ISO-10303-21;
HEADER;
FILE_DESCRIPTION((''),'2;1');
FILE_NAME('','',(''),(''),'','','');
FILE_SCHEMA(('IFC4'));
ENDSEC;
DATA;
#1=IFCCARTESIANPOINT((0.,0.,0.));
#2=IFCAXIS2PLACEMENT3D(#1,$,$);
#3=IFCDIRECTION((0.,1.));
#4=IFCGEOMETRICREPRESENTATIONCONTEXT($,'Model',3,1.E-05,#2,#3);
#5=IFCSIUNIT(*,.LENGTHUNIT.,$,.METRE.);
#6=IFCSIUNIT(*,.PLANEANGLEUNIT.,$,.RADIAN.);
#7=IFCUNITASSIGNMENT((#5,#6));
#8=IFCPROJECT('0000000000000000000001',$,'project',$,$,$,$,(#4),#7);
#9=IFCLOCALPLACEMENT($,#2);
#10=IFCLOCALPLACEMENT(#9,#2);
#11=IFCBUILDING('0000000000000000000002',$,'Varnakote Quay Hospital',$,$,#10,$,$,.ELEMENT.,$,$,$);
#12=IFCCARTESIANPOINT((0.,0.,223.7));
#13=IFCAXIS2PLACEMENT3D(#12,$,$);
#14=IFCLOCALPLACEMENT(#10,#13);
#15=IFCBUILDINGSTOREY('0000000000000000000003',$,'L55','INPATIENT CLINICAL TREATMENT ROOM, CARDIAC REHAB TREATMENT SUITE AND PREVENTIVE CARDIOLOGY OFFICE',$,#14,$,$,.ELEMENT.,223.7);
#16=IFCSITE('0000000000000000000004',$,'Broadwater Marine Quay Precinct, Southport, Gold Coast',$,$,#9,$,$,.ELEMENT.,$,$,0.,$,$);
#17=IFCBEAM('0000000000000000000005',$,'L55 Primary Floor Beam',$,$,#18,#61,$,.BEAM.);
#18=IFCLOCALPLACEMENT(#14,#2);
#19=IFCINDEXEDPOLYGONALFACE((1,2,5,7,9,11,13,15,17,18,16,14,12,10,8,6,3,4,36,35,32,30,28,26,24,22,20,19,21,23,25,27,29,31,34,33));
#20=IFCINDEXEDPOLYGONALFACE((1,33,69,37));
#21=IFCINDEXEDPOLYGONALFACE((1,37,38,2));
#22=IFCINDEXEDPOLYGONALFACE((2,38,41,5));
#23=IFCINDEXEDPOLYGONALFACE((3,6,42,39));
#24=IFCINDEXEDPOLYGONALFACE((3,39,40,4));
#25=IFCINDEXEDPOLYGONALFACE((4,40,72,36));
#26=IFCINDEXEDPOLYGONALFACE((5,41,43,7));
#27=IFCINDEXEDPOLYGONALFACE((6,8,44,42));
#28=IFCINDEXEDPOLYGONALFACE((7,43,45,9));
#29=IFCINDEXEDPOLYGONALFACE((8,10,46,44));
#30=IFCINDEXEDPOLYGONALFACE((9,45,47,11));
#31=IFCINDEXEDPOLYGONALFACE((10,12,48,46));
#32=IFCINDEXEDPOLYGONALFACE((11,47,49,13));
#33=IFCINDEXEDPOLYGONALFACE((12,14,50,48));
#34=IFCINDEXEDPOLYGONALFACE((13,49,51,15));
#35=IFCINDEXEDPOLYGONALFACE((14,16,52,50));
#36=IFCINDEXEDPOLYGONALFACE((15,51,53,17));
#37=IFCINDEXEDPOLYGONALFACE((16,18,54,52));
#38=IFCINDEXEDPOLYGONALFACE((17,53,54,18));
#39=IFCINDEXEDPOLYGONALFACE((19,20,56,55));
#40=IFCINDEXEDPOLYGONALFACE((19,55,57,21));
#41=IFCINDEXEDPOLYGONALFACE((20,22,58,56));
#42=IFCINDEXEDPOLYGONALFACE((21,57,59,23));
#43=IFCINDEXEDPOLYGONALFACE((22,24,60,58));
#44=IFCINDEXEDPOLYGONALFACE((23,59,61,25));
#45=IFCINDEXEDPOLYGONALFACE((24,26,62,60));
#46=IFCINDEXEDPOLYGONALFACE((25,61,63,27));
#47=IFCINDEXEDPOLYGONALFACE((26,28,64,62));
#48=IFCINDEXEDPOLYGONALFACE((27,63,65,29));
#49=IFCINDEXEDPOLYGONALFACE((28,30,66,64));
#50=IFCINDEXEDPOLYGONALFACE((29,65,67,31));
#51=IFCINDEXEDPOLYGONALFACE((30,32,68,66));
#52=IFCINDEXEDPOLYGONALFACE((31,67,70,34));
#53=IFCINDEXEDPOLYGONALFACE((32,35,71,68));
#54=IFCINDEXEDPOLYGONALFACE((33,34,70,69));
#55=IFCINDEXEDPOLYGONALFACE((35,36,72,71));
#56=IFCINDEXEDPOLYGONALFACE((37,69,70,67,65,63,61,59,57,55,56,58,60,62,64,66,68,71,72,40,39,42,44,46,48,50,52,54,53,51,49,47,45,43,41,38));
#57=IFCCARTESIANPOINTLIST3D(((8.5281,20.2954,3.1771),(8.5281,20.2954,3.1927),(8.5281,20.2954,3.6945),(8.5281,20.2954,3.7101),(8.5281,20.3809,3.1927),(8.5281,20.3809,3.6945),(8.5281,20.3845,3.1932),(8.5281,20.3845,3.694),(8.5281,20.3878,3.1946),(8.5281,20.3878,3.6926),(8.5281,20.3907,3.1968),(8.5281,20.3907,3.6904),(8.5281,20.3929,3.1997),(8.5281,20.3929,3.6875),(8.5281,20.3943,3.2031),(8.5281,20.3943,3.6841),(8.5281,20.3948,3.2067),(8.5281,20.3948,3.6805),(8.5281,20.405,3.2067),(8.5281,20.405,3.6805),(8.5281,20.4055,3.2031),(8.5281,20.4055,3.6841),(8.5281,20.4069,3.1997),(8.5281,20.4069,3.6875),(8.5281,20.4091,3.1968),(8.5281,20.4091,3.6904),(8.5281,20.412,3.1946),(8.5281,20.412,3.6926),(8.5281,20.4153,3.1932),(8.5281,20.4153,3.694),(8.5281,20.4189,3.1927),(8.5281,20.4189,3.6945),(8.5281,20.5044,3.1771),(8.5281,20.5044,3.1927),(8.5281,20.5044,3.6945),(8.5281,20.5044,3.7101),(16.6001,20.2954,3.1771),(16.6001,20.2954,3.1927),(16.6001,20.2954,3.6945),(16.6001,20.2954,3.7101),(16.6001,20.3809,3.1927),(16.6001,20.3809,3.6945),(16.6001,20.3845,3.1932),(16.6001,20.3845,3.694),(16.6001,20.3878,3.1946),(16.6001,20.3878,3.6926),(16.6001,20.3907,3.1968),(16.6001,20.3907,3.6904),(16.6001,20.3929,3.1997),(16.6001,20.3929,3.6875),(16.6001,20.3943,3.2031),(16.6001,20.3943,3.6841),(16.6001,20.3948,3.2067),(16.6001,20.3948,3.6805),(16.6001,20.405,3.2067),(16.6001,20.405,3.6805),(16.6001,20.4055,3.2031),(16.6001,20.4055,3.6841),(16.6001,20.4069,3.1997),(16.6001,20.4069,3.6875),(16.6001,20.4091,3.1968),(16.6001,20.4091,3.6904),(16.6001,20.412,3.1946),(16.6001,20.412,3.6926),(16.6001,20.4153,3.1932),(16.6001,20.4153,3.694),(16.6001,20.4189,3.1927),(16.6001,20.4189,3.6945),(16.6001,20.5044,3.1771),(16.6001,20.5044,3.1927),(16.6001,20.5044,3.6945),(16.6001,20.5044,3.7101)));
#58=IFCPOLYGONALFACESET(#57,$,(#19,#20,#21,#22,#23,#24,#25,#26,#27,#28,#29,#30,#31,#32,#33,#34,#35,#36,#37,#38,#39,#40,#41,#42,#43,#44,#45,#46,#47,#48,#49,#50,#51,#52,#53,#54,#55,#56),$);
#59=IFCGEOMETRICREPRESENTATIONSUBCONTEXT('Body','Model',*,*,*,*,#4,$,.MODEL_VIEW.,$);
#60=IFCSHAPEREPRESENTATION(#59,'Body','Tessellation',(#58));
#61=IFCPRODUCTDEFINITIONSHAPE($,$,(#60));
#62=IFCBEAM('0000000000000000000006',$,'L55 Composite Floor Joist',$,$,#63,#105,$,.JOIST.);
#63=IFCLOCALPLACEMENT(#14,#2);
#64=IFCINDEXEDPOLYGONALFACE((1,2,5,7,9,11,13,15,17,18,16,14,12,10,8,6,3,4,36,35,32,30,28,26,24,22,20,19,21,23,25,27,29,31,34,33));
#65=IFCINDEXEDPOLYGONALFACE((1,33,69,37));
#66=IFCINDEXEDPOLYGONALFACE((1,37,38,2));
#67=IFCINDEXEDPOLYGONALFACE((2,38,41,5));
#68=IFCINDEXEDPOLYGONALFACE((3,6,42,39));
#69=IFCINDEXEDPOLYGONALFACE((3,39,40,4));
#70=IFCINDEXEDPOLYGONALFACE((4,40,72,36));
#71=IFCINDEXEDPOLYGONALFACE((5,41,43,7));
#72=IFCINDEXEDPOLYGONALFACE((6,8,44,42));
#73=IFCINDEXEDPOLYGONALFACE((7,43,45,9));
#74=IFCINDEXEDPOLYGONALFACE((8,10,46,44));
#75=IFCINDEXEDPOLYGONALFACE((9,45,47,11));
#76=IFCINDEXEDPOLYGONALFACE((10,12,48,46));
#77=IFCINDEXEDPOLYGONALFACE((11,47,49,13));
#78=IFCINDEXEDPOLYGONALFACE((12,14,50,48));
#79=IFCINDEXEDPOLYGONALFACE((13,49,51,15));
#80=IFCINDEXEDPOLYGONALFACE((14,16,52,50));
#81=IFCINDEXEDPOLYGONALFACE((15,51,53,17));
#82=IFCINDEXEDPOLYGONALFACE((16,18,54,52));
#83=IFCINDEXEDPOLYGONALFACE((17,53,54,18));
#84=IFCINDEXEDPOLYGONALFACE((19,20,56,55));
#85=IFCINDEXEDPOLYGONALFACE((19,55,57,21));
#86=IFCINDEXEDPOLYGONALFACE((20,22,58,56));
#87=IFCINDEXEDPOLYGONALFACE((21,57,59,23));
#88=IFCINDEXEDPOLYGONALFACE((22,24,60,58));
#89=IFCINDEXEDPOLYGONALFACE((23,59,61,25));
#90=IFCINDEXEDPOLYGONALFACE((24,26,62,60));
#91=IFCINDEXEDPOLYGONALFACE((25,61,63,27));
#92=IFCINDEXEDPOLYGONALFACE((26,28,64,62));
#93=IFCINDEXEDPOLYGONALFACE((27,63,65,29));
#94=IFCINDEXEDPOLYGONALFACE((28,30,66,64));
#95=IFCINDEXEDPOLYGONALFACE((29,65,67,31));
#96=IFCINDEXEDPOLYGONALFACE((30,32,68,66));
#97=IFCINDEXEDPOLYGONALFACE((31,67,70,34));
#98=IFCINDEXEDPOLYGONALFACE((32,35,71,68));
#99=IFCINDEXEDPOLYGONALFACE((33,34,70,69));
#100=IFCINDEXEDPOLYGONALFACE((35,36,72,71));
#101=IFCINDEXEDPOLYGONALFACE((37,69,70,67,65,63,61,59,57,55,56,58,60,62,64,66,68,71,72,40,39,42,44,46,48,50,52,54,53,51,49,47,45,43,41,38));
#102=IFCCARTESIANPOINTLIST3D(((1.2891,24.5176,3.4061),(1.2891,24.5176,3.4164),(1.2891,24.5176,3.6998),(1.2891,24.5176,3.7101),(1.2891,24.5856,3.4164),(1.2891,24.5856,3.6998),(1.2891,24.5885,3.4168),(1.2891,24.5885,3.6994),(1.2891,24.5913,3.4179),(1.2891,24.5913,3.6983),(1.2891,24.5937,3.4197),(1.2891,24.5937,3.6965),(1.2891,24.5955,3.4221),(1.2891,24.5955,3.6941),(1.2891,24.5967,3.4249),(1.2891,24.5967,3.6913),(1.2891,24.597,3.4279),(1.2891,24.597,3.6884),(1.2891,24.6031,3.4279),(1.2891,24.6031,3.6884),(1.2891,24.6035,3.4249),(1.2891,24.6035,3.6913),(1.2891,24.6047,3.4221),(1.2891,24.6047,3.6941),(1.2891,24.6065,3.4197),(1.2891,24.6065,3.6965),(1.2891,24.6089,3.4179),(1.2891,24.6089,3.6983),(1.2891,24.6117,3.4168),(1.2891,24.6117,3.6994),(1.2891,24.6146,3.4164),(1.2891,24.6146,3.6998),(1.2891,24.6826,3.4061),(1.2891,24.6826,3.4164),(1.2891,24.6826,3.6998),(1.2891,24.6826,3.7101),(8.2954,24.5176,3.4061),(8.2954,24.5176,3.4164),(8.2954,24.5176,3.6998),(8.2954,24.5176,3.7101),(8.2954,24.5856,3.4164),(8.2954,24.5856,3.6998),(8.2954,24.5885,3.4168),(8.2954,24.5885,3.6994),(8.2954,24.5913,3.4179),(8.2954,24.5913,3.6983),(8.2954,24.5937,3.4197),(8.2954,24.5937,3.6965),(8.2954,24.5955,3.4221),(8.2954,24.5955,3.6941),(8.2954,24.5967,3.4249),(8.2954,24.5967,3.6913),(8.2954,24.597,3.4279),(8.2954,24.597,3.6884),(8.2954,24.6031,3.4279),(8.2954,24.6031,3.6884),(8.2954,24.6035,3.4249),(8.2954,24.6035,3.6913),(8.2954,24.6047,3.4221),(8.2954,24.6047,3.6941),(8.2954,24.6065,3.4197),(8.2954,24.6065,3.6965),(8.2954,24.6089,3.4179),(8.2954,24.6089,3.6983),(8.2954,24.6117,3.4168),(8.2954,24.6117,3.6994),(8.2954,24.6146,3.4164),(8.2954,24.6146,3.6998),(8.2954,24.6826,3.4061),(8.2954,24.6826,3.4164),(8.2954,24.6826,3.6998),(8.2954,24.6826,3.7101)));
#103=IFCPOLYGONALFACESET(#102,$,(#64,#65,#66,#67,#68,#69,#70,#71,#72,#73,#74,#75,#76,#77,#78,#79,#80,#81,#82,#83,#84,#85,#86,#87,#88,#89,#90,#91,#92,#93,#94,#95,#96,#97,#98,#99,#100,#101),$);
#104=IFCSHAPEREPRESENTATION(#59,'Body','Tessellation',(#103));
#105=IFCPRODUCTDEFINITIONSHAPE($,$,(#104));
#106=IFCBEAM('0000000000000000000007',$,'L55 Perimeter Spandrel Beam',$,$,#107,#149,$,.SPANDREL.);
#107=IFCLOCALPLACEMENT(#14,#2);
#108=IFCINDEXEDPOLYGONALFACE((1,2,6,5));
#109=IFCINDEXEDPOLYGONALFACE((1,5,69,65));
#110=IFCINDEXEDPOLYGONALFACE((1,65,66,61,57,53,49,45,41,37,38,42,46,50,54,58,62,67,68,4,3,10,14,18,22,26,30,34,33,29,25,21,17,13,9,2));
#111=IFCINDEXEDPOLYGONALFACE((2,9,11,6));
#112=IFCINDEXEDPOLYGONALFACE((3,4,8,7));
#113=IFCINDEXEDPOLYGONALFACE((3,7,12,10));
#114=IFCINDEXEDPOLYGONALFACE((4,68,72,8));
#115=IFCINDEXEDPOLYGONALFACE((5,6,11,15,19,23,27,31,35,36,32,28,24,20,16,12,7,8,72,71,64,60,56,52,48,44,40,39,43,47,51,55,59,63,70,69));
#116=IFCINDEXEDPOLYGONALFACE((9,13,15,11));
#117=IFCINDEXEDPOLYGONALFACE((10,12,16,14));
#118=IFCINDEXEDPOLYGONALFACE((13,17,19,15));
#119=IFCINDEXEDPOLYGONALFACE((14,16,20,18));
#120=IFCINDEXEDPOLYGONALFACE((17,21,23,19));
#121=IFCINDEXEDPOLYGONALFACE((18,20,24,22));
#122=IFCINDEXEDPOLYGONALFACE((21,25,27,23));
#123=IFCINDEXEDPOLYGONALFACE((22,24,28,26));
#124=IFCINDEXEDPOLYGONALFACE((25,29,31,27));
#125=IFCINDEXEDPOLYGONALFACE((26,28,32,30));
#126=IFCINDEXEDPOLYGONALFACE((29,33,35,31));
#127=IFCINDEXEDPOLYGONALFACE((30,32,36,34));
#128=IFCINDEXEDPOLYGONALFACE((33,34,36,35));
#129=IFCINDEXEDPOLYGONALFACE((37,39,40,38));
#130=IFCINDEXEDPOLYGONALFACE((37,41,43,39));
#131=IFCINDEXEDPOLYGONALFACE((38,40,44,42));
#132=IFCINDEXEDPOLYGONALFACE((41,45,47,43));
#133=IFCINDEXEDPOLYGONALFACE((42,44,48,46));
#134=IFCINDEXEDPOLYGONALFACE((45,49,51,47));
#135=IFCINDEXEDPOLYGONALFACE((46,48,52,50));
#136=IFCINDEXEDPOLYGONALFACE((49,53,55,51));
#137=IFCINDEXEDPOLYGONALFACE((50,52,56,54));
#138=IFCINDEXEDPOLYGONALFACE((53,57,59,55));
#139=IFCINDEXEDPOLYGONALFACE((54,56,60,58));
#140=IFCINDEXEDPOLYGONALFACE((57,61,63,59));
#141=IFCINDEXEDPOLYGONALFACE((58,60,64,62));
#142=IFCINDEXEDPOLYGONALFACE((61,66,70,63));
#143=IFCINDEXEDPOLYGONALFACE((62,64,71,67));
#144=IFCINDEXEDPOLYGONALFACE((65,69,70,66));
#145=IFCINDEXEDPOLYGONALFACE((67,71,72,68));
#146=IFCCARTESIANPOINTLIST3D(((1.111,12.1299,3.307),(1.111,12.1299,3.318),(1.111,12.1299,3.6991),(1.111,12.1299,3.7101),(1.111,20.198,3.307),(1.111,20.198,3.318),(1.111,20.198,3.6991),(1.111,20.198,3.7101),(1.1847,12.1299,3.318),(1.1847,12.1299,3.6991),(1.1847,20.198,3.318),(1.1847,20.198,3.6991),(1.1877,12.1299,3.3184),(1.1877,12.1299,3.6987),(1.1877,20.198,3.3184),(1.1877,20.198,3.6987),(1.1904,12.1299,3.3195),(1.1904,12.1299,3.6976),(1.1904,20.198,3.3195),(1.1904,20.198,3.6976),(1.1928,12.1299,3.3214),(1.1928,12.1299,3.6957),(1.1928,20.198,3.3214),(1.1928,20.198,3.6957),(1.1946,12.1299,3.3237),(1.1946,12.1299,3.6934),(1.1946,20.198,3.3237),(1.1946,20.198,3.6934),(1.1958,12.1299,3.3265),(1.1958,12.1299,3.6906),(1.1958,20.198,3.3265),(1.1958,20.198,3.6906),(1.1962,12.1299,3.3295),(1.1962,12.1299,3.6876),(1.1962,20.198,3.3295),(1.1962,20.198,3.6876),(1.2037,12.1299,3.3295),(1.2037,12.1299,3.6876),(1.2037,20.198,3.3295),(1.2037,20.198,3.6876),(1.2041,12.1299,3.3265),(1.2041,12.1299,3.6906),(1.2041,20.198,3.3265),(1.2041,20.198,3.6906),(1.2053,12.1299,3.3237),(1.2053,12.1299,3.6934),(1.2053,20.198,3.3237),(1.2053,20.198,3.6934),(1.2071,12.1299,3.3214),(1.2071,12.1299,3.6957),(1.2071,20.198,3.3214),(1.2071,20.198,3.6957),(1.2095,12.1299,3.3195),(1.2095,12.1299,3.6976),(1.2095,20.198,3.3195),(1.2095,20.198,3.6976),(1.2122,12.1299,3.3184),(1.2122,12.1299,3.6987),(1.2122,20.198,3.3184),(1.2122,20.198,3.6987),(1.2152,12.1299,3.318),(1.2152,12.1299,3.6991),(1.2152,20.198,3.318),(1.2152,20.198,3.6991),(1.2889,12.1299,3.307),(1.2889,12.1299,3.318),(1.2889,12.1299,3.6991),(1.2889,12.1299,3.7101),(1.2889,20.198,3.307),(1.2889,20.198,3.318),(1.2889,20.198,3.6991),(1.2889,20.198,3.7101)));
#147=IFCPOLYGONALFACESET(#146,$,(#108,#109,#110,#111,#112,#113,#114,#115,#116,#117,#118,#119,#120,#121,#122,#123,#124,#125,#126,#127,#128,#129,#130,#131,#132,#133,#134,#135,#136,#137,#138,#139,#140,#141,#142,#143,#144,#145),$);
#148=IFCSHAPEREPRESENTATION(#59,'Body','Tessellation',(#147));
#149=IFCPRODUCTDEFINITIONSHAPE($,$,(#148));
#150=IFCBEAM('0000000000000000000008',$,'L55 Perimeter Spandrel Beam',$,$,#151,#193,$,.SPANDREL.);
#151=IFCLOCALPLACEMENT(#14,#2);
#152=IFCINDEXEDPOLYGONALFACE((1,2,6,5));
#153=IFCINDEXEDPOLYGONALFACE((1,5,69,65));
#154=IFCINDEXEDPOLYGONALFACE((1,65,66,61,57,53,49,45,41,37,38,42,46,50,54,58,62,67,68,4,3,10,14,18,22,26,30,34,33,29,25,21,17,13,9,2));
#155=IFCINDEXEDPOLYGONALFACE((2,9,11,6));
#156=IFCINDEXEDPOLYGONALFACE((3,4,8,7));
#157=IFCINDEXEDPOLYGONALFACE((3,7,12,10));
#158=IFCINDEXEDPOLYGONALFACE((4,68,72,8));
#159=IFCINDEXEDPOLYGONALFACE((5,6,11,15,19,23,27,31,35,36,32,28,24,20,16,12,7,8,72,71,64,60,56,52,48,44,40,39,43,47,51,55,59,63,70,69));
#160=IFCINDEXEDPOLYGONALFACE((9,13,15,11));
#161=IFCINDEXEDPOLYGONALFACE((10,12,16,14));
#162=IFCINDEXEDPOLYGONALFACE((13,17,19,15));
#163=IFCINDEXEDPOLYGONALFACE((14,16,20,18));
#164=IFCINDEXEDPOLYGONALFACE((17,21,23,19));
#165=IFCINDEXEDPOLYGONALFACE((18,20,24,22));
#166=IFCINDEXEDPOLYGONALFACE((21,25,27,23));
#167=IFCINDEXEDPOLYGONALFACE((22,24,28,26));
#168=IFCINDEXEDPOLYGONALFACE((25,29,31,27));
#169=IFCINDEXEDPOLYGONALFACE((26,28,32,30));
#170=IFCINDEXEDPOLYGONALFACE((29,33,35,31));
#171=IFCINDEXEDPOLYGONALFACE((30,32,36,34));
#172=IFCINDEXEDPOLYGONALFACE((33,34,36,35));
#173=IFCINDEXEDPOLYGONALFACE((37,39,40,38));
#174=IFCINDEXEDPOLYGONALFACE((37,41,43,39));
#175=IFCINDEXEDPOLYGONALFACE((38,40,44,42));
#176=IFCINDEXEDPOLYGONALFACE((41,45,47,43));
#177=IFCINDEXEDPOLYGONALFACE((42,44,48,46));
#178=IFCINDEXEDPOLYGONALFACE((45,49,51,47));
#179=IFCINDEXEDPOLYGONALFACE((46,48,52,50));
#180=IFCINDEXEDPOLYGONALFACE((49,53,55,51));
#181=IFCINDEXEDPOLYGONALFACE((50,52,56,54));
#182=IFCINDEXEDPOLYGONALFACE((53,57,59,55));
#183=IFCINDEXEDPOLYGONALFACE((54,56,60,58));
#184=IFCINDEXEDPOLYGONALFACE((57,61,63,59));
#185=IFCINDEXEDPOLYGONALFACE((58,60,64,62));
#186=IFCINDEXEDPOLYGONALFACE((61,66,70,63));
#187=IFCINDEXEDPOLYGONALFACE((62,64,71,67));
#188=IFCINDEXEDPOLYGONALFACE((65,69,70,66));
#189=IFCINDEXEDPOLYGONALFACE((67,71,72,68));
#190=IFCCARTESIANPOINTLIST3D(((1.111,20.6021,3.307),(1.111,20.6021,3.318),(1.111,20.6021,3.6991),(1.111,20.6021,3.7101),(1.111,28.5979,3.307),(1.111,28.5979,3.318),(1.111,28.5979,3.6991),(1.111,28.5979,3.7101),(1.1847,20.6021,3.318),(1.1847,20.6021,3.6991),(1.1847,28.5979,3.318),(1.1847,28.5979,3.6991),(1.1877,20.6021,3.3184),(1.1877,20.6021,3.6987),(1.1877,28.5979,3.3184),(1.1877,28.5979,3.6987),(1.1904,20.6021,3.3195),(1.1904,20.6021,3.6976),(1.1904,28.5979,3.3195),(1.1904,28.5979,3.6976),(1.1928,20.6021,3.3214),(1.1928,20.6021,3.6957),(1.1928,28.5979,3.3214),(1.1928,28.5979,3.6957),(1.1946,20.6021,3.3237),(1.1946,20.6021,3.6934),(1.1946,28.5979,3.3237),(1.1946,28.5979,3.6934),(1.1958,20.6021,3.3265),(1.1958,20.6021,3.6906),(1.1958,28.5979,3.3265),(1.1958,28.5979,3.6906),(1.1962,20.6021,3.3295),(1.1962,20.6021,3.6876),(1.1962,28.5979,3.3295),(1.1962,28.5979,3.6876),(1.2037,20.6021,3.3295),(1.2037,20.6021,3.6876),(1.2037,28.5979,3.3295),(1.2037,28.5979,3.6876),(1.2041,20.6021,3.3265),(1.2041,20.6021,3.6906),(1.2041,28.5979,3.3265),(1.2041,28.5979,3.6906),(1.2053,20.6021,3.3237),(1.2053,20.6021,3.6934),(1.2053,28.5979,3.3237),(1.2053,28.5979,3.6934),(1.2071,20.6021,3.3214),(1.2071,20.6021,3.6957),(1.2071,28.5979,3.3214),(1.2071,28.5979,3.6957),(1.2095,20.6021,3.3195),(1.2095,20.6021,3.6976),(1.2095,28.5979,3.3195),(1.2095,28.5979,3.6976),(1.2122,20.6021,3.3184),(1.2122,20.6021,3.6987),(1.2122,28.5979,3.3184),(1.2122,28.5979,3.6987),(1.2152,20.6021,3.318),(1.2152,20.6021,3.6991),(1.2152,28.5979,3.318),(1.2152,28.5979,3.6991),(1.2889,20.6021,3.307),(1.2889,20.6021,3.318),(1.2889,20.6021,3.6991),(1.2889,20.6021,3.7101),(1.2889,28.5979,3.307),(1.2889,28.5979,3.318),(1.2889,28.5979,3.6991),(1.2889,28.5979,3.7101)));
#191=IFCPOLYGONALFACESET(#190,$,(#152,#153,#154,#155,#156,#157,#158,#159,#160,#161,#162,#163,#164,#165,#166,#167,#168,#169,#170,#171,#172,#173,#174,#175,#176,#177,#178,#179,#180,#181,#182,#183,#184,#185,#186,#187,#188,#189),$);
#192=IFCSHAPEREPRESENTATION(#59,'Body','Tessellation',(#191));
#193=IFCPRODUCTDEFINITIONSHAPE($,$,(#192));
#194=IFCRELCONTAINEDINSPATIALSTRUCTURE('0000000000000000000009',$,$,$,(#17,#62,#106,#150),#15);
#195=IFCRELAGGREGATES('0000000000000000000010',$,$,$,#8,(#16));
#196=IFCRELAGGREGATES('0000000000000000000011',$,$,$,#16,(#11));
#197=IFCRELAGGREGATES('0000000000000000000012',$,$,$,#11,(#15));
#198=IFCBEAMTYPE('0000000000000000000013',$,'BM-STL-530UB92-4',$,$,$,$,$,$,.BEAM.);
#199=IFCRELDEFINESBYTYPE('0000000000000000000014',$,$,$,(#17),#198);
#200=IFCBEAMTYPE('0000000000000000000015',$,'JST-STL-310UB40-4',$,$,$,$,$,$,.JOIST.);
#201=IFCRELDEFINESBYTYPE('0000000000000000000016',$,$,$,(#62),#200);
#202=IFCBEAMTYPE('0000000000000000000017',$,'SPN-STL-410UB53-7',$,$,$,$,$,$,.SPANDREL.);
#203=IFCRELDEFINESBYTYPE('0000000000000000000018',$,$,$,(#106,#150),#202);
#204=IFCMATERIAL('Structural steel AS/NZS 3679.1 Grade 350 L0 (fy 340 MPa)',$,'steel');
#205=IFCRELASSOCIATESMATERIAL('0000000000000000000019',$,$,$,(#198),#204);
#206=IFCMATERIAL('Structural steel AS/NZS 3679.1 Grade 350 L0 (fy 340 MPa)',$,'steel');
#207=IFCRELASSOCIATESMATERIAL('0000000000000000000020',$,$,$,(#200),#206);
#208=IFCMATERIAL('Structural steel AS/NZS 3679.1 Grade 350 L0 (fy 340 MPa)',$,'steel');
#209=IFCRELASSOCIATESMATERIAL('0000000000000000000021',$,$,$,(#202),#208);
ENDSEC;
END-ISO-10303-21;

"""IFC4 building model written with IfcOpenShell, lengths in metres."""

from ifc_helpers import new_model, si_unit, direction, frame, origin, origin_2d, place, context, subcontext, project, spatial, i_section, extrude, material, material_profile, profile_set, type_object, element, save


model = new_model("IFC4")

# Units and contexts
model_context = context("Model", 3, precision=1e-05, world=origin(), true_north=direction((0.0, 1.0)))
body_context = subcontext(model_context, "Body", "Model", "MODEL_VIEW")
ifc_project = project(units=[si_unit("LENGTHUNIT", "METRE"), si_unit("PLANEANGLEUNIT", "RADIAN")], contexts=[model_context])

# Site, building, storey
site_placement = place(None, origin())
site = spatial("IfcSite", under=ifc_project, at=site_placement, Name="Broadwater Marine Quay Precinct, Southport, Gold Coast", CompositionType="ELEMENT", RefElevation=0.0)
building_placement = place(site_placement, origin())
building = spatial("IfcBuilding", under=site, at=building_placement, Name="Varnakote Quay Hospital", CompositionType="ELEMENT")
storey_placement = place(building_placement, frame((0.0, 0.0, 223.7)))
storey = spatial("IfcBuildingStorey", under=building, at=storey_placement, Name="L55", Description="INPATIENT CLINICAL TREATMENT ROOM, CARDIAC REHAB TREATMENT SUITE AND PREVENTIVE CARDIOLOGY OFFICE", CompositionType="ELEMENT", Elevation=223.7)

# Beams
ifc_material_1 = material(Name="Structural steel AS/NZS 3679.1 Grade 350 L0 (fy 340 MPa)", Category="steel")
ifc_material_profile_1 = material_profile(ifc_material_1, i_section(OverallWidth=0.209, OverallDepth=0.533, WebThickness=0.0103, FlangeThickness=0.0156, FilletRadius=0.0139, at=origin_2d()), Name="530UB92.4")
ifc_profile_set_1 = profile_set([ifc_material_profile_1], Name="Structural steel AS/NZS 3679.1 Grade 350 L0 (fy 340 MPa)")
beam_type_1 = type_object("IfcBeamType", Name="BM-STL-530UB92-4", PredefinedType="BEAM", material=ifc_profile_set_1)
beam_1_placement = place(storey_placement, frame((8.5281, 20.3999, 3.4436), z_axis=(1.0, 0.0, 0.0), x_axis=(0.0, 1.0, 0.0)))
element("IfcBeam", 1, at=beam_1_placement, inside=storey, type_object=beam_type_1, Name="L55 Primary Floor Beam", PredefinedType="BEAM", context=body_context, shape_type="SweptSolid", body=[
    extrude(i_section(OverallWidth=0.209, OverallDepth=0.533, WebThickness=0.0103, FlangeThickness=0.0156, FilletRadius=0.0139, at=origin_2d()), origin(), (0.0, 0.0, 1.0), 8.072),
])
ifc_material_2 = material(Name="Structural steel AS/NZS 3679.1 Grade 350 L0 (fy 340 MPa)", Category="steel")
ifc_material_profile_2 = material_profile(ifc_material_2, i_section(OverallWidth=0.165, OverallDepth=0.304, WebThickness=0.0061, FlangeThickness=0.0103, FilletRadius=0.0115, at=origin_2d()), Name="310UB40.4")
ifc_profile_set_2 = profile_set([ifc_material_profile_2], Name="Structural steel AS/NZS 3679.1 Grade 350 L0 (fy 340 MPa)")
beam_type_2 = type_object("IfcBeamType", Name="JST-STL-310UB40-4", PredefinedType="JOIST", material=ifc_profile_set_2)
beam_2_placement = place(storey_placement, frame((1.2891, 24.6001, 3.5581), z_axis=(1.0, 0.0, 0.0), x_axis=(0.0, 1.0, 0.0)))
element("IfcBeam", 2, at=beam_2_placement, inside=storey, type_object=beam_type_2, Name="L55 Composite Floor Joist", PredefinedType="JOIST", context=body_context, shape_type="SweptSolid", body=[
    extrude(i_section(OverallWidth=0.165, OverallDepth=0.304, WebThickness=0.0061, FlangeThickness=0.0103, FilletRadius=0.0115, at=origin_2d()), origin(), (0.0, 0.0, 1.0), 7.0063),
])
ifc_material_3 = material(Name="Structural steel AS/NZS 3679.1 Grade 350 L0 (fy 340 MPa)", Category="steel")
ifc_material_profile_3 = material_profile(ifc_material_3, i_section(OverallWidth=0.178, OverallDepth=0.4031, WebThickness=0.0076, FlangeThickness=0.011, FilletRadius=0.0115, at=origin_2d()), Name="410UB53.7")
ifc_profile_set_3 = profile_set([ifc_material_profile_3], Name="Structural steel AS/NZS 3679.1 Grade 350 L0 (fy 340 MPa)")
beam_type_3 = type_object("IfcBeamType", Name="SPN-STL-410UB53-7", PredefinedType="SPANDREL", material=ifc_profile_set_3)
beam_3_placement = place(storey_placement, frame((1.2, 12.1299, 3.5085), z_axis=(0.0, 1.0, 0.0), x_axis=(-1.0, 0.0, 0.0)))
element("IfcBeam", 3, at=beam_3_placement, inside=storey, type_object=beam_type_3, Name="L55 Perimeter Spandrel Beam", PredefinedType="SPANDREL", context=body_context, shape_type="SweptSolid", body=[
    extrude(i_section(OverallWidth=0.178, OverallDepth=0.4031, WebThickness=0.0076, FlangeThickness=0.011, FilletRadius=0.0115, at=origin_2d()), origin(), (0.0, 0.0, 1.0), 8.0681),
])
beam_4_placement = place(storey_placement, frame((1.2, 20.6021, 3.5085), z_axis=(0.0, 1.0, 0.0), x_axis=(-1.0, 0.0, 0.0)))
element("IfcBeam", 4, at=beam_4_placement, inside=storey, type_object=beam_type_3, Name="L55 Perimeter Spandrel Beam", PredefinedType="SPANDREL", context=body_context, shape_type="SweptSolid", body=[
    extrude(i_section(OverallWidth=0.178, OverallDepth=0.4031, WebThickness=0.0076, FlangeThickness=0.011, FilletRadius=0.0115, at=origin_2d()), origin(), (0.0, 0.0, 1.0), 7.9958),
])

save(model, "model.ifc")
